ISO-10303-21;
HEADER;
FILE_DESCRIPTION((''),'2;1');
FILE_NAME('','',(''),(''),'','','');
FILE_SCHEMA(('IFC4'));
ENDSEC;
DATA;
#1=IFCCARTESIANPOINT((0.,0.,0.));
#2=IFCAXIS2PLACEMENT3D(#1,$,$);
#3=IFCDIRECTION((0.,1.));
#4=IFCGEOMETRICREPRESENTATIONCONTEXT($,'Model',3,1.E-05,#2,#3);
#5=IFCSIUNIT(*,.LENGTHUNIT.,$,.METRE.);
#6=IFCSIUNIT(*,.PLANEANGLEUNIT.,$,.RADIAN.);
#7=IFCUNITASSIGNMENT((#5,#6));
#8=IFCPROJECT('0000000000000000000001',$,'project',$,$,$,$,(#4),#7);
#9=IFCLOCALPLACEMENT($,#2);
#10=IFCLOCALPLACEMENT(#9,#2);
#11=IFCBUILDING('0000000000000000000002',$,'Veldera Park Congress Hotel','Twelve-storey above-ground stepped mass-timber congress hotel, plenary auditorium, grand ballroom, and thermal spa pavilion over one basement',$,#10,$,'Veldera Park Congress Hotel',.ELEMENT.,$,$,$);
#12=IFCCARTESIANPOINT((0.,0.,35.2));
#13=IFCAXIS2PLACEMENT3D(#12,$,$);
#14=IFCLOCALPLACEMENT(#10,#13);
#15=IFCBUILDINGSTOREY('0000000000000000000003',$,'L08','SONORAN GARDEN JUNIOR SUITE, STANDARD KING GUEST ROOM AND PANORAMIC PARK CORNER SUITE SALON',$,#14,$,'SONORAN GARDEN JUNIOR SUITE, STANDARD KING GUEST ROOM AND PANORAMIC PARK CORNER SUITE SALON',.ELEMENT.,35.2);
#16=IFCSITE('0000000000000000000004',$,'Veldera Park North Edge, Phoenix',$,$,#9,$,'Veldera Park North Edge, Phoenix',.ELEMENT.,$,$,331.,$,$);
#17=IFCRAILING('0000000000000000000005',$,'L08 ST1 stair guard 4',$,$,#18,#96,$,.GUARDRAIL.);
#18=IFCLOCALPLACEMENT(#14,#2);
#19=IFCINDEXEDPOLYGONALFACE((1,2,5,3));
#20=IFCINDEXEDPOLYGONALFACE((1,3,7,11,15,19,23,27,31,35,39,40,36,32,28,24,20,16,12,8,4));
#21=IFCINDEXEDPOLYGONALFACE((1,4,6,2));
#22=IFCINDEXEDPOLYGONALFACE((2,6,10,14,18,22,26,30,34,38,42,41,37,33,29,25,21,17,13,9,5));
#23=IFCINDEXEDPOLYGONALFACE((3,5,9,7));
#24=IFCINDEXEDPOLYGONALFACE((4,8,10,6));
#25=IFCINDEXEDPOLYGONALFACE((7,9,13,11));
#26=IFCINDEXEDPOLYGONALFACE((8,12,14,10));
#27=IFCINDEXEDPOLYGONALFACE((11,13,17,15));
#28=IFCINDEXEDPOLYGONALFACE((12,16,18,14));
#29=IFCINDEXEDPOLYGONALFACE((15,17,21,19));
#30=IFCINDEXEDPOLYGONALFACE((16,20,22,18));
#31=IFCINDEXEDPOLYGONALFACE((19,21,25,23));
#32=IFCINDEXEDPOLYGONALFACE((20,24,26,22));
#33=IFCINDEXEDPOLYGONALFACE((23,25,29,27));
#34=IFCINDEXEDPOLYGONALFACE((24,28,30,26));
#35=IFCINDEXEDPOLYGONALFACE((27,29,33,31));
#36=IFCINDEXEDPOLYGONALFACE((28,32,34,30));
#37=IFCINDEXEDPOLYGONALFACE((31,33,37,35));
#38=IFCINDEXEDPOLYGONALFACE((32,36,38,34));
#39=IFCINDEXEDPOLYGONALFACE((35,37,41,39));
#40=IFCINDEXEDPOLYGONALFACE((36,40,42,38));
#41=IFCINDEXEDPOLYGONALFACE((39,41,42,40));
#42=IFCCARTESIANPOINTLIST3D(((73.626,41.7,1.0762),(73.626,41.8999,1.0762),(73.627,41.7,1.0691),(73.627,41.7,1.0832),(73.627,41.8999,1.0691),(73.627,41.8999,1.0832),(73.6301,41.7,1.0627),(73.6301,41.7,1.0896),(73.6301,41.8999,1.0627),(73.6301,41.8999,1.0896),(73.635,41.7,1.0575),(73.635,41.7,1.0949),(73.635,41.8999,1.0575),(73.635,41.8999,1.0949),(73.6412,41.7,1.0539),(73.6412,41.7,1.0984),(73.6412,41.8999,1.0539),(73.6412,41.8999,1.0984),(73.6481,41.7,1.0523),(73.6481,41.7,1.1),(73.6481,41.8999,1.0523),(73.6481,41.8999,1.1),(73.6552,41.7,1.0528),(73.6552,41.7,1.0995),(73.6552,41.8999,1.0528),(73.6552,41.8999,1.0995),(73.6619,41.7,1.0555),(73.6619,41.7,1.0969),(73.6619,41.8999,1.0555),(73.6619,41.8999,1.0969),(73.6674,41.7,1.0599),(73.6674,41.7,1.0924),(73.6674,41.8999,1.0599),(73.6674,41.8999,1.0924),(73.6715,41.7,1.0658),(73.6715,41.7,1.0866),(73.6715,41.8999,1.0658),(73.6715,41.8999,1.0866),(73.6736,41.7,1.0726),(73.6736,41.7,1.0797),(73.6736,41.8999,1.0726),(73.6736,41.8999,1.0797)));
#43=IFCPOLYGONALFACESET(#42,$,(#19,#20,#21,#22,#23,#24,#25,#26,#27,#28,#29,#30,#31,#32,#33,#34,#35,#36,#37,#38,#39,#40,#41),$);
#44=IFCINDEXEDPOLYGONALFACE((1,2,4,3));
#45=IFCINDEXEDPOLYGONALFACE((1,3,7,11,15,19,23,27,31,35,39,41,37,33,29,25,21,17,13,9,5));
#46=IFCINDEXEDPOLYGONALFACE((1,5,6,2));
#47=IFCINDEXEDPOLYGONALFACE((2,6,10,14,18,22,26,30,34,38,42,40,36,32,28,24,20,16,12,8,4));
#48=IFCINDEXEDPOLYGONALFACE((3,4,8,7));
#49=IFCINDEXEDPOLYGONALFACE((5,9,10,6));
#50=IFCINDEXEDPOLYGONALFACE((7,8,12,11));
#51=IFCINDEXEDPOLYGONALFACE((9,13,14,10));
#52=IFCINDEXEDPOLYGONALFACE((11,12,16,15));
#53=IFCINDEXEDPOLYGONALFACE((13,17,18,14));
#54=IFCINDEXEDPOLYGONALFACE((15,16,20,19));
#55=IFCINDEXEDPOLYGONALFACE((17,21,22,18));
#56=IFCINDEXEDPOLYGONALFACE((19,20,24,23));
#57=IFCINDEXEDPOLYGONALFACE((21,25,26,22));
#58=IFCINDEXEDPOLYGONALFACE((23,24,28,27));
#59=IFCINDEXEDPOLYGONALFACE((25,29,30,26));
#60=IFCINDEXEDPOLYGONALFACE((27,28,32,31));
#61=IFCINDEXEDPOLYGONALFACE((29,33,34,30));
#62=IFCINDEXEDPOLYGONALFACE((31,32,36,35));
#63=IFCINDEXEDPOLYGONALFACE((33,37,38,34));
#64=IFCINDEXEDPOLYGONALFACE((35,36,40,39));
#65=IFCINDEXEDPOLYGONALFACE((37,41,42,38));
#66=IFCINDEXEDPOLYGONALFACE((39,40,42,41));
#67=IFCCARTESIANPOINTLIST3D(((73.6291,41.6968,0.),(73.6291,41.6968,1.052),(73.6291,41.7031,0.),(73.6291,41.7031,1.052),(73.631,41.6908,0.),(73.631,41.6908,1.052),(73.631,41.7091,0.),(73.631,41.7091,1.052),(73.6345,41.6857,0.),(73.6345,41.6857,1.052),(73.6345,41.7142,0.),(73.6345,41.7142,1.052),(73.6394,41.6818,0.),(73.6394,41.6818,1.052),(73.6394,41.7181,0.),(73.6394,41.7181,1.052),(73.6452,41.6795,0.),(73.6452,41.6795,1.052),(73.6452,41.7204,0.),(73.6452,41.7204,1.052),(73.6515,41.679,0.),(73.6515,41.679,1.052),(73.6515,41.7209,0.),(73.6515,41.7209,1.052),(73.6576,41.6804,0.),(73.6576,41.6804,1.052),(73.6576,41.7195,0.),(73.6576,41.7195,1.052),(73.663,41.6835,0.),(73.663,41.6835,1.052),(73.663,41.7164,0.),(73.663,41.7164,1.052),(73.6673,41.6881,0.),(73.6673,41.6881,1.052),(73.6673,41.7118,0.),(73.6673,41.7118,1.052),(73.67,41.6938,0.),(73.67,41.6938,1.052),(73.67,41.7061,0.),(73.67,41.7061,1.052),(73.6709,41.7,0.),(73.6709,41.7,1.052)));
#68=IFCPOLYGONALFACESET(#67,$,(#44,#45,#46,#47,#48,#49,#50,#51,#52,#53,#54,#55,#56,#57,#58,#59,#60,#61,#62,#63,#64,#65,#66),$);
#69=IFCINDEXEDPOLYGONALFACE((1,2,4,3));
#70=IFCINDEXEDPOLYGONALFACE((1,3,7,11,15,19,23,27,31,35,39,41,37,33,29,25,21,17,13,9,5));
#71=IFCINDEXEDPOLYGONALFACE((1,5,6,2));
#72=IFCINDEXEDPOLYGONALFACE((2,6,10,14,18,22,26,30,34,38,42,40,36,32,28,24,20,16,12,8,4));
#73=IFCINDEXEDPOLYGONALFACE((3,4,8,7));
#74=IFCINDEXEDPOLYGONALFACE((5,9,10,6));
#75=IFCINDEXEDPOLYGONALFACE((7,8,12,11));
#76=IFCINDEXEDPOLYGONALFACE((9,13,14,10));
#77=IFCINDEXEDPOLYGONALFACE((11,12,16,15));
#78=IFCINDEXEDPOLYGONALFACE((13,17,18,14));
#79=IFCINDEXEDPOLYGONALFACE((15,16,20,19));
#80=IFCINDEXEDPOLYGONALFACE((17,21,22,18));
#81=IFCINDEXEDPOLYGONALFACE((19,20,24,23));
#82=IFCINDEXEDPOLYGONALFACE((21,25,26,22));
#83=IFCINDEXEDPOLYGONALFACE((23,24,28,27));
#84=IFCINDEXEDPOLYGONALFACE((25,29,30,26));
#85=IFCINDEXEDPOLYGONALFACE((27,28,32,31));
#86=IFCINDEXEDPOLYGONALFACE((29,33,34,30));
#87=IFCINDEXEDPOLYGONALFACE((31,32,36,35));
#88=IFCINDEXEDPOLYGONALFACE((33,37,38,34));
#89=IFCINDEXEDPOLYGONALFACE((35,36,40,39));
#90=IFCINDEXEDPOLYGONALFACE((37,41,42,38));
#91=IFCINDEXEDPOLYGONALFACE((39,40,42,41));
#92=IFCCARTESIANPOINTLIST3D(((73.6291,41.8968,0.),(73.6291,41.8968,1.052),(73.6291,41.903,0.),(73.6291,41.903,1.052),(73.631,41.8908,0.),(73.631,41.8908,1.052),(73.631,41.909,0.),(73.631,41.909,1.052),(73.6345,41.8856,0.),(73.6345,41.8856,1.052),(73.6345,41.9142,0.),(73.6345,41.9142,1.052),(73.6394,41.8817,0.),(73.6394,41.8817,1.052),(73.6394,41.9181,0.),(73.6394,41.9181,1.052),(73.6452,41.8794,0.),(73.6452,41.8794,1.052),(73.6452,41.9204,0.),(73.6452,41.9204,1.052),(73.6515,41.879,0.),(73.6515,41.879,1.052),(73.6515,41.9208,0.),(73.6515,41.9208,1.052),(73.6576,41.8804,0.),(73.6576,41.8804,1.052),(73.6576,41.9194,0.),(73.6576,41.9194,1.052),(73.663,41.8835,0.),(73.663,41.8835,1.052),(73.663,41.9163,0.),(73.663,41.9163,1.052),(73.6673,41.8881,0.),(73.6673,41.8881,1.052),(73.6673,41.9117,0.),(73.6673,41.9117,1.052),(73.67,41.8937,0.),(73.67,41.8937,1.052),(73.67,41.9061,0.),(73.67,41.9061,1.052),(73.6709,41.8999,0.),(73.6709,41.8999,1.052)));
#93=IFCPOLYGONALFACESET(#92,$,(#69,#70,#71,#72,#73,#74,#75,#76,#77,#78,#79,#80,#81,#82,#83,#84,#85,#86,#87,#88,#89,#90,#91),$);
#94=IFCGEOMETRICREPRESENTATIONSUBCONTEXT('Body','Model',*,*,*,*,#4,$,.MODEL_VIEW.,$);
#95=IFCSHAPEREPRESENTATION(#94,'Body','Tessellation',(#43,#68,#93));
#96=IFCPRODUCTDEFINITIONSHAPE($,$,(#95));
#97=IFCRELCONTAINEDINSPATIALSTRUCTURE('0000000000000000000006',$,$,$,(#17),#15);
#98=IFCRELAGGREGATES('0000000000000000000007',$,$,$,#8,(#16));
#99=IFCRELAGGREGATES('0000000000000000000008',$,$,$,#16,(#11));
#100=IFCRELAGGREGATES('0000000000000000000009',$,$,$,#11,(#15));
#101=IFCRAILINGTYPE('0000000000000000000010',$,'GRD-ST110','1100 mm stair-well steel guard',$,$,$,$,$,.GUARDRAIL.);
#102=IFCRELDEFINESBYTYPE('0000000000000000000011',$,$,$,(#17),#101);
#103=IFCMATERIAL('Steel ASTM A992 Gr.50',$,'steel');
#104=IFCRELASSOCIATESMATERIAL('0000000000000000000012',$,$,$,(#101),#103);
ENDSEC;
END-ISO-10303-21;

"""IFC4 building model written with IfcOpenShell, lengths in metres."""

from ifc_helpers import new_model, si_unit, direction, frame, origin, origin_2d, place, context, subcontext, project, spatial, circle, extrude, material, type_object, element, save


model = new_model("IFC4")

# Units and contexts
model_context = context("Model", 3, precision=1e-05, world=origin(), true_north=direction((0.0, 1.0)))
body_context = subcontext(model_context, "Body", "Model", "MODEL_VIEW")
ifc_project = project(units=[si_unit("LENGTHUNIT", "METRE"), si_unit("PLANEANGLEUNIT", "RADIAN")], contexts=[model_context])

# Site, building, storey
site_placement = place(None, origin())
site = spatial("IfcSite", under=ifc_project, at=site_placement, Name="Veldera Park North Edge, Phoenix", LongName="Veldera Park North Edge, Phoenix", CompositionType="ELEMENT", RefElevation=331.0)
building_placement = place(site_placement, origin())
building = spatial("IfcBuilding", under=site, at=building_placement, Name="Veldera Park Congress Hotel", Description="Twelve-storey above-ground stepped mass-timber congress hotel, plenary auditorium, grand ballroom, and thermal spa pavilion over one basement", LongName="Veldera Park Congress Hotel", CompositionType="ELEMENT")
storey_placement = place(building_placement, frame((0.0, 0.0, 35.2)))
storey = spatial("IfcBuildingStorey", under=building, at=storey_placement, Name="L08", Description="SONORAN GARDEN JUNIOR SUITE, STANDARD KING GUEST ROOM AND PANORAMIC PARK CORNER SUITE SALON", LongName="SONORAN GARDEN JUNIOR SUITE, STANDARD KING GUEST ROOM AND PANORAMIC PARK CORNER SUITE SALON", CompositionType="ELEMENT", Elevation=35.2)

# Railing
ifc_material_1 = material(Name="Steel ASTM A992 Gr.50", Category="steel")
railing_type_1 = type_object("IfcRailingType", Name="GRD-ST110", Description="1100 mm stair-well steel guard", PredefinedType="GUARDRAIL", material=ifc_material_1)
railing_1_placement = place(storey_placement, frame((73.6499, 41.7, 0.0)))
element("IfcRailing", 1, at=railing_1_placement, inside=storey, type_object=railing_type_1, Name="L08 ST1 stair guard 4", PredefinedType="GUARDRAIL", context=body_context, shape_type="SweptSolid", body=[
    extrude(circle(Radius=0.0239, at=origin_2d()), frame((0.0, 0.0, 1.0762), z_axis=(0.0, 1.0, 0.0), x_axis=(-1.0, 0.0, 0.0)), (0.0, 0.0, 1.0), 0.2),
    extrude(circle(Radius=0.021, at=origin_2d()), origin(), (0.0, 0.0, 1.0), 1.052),
    extrude(circle(Radius=0.021, at=origin_2d()), frame((0.0, 0.2, 0.0)), (0.0, 0.0, 1.0), 1.052),
])

save(model, "model.ifc")
